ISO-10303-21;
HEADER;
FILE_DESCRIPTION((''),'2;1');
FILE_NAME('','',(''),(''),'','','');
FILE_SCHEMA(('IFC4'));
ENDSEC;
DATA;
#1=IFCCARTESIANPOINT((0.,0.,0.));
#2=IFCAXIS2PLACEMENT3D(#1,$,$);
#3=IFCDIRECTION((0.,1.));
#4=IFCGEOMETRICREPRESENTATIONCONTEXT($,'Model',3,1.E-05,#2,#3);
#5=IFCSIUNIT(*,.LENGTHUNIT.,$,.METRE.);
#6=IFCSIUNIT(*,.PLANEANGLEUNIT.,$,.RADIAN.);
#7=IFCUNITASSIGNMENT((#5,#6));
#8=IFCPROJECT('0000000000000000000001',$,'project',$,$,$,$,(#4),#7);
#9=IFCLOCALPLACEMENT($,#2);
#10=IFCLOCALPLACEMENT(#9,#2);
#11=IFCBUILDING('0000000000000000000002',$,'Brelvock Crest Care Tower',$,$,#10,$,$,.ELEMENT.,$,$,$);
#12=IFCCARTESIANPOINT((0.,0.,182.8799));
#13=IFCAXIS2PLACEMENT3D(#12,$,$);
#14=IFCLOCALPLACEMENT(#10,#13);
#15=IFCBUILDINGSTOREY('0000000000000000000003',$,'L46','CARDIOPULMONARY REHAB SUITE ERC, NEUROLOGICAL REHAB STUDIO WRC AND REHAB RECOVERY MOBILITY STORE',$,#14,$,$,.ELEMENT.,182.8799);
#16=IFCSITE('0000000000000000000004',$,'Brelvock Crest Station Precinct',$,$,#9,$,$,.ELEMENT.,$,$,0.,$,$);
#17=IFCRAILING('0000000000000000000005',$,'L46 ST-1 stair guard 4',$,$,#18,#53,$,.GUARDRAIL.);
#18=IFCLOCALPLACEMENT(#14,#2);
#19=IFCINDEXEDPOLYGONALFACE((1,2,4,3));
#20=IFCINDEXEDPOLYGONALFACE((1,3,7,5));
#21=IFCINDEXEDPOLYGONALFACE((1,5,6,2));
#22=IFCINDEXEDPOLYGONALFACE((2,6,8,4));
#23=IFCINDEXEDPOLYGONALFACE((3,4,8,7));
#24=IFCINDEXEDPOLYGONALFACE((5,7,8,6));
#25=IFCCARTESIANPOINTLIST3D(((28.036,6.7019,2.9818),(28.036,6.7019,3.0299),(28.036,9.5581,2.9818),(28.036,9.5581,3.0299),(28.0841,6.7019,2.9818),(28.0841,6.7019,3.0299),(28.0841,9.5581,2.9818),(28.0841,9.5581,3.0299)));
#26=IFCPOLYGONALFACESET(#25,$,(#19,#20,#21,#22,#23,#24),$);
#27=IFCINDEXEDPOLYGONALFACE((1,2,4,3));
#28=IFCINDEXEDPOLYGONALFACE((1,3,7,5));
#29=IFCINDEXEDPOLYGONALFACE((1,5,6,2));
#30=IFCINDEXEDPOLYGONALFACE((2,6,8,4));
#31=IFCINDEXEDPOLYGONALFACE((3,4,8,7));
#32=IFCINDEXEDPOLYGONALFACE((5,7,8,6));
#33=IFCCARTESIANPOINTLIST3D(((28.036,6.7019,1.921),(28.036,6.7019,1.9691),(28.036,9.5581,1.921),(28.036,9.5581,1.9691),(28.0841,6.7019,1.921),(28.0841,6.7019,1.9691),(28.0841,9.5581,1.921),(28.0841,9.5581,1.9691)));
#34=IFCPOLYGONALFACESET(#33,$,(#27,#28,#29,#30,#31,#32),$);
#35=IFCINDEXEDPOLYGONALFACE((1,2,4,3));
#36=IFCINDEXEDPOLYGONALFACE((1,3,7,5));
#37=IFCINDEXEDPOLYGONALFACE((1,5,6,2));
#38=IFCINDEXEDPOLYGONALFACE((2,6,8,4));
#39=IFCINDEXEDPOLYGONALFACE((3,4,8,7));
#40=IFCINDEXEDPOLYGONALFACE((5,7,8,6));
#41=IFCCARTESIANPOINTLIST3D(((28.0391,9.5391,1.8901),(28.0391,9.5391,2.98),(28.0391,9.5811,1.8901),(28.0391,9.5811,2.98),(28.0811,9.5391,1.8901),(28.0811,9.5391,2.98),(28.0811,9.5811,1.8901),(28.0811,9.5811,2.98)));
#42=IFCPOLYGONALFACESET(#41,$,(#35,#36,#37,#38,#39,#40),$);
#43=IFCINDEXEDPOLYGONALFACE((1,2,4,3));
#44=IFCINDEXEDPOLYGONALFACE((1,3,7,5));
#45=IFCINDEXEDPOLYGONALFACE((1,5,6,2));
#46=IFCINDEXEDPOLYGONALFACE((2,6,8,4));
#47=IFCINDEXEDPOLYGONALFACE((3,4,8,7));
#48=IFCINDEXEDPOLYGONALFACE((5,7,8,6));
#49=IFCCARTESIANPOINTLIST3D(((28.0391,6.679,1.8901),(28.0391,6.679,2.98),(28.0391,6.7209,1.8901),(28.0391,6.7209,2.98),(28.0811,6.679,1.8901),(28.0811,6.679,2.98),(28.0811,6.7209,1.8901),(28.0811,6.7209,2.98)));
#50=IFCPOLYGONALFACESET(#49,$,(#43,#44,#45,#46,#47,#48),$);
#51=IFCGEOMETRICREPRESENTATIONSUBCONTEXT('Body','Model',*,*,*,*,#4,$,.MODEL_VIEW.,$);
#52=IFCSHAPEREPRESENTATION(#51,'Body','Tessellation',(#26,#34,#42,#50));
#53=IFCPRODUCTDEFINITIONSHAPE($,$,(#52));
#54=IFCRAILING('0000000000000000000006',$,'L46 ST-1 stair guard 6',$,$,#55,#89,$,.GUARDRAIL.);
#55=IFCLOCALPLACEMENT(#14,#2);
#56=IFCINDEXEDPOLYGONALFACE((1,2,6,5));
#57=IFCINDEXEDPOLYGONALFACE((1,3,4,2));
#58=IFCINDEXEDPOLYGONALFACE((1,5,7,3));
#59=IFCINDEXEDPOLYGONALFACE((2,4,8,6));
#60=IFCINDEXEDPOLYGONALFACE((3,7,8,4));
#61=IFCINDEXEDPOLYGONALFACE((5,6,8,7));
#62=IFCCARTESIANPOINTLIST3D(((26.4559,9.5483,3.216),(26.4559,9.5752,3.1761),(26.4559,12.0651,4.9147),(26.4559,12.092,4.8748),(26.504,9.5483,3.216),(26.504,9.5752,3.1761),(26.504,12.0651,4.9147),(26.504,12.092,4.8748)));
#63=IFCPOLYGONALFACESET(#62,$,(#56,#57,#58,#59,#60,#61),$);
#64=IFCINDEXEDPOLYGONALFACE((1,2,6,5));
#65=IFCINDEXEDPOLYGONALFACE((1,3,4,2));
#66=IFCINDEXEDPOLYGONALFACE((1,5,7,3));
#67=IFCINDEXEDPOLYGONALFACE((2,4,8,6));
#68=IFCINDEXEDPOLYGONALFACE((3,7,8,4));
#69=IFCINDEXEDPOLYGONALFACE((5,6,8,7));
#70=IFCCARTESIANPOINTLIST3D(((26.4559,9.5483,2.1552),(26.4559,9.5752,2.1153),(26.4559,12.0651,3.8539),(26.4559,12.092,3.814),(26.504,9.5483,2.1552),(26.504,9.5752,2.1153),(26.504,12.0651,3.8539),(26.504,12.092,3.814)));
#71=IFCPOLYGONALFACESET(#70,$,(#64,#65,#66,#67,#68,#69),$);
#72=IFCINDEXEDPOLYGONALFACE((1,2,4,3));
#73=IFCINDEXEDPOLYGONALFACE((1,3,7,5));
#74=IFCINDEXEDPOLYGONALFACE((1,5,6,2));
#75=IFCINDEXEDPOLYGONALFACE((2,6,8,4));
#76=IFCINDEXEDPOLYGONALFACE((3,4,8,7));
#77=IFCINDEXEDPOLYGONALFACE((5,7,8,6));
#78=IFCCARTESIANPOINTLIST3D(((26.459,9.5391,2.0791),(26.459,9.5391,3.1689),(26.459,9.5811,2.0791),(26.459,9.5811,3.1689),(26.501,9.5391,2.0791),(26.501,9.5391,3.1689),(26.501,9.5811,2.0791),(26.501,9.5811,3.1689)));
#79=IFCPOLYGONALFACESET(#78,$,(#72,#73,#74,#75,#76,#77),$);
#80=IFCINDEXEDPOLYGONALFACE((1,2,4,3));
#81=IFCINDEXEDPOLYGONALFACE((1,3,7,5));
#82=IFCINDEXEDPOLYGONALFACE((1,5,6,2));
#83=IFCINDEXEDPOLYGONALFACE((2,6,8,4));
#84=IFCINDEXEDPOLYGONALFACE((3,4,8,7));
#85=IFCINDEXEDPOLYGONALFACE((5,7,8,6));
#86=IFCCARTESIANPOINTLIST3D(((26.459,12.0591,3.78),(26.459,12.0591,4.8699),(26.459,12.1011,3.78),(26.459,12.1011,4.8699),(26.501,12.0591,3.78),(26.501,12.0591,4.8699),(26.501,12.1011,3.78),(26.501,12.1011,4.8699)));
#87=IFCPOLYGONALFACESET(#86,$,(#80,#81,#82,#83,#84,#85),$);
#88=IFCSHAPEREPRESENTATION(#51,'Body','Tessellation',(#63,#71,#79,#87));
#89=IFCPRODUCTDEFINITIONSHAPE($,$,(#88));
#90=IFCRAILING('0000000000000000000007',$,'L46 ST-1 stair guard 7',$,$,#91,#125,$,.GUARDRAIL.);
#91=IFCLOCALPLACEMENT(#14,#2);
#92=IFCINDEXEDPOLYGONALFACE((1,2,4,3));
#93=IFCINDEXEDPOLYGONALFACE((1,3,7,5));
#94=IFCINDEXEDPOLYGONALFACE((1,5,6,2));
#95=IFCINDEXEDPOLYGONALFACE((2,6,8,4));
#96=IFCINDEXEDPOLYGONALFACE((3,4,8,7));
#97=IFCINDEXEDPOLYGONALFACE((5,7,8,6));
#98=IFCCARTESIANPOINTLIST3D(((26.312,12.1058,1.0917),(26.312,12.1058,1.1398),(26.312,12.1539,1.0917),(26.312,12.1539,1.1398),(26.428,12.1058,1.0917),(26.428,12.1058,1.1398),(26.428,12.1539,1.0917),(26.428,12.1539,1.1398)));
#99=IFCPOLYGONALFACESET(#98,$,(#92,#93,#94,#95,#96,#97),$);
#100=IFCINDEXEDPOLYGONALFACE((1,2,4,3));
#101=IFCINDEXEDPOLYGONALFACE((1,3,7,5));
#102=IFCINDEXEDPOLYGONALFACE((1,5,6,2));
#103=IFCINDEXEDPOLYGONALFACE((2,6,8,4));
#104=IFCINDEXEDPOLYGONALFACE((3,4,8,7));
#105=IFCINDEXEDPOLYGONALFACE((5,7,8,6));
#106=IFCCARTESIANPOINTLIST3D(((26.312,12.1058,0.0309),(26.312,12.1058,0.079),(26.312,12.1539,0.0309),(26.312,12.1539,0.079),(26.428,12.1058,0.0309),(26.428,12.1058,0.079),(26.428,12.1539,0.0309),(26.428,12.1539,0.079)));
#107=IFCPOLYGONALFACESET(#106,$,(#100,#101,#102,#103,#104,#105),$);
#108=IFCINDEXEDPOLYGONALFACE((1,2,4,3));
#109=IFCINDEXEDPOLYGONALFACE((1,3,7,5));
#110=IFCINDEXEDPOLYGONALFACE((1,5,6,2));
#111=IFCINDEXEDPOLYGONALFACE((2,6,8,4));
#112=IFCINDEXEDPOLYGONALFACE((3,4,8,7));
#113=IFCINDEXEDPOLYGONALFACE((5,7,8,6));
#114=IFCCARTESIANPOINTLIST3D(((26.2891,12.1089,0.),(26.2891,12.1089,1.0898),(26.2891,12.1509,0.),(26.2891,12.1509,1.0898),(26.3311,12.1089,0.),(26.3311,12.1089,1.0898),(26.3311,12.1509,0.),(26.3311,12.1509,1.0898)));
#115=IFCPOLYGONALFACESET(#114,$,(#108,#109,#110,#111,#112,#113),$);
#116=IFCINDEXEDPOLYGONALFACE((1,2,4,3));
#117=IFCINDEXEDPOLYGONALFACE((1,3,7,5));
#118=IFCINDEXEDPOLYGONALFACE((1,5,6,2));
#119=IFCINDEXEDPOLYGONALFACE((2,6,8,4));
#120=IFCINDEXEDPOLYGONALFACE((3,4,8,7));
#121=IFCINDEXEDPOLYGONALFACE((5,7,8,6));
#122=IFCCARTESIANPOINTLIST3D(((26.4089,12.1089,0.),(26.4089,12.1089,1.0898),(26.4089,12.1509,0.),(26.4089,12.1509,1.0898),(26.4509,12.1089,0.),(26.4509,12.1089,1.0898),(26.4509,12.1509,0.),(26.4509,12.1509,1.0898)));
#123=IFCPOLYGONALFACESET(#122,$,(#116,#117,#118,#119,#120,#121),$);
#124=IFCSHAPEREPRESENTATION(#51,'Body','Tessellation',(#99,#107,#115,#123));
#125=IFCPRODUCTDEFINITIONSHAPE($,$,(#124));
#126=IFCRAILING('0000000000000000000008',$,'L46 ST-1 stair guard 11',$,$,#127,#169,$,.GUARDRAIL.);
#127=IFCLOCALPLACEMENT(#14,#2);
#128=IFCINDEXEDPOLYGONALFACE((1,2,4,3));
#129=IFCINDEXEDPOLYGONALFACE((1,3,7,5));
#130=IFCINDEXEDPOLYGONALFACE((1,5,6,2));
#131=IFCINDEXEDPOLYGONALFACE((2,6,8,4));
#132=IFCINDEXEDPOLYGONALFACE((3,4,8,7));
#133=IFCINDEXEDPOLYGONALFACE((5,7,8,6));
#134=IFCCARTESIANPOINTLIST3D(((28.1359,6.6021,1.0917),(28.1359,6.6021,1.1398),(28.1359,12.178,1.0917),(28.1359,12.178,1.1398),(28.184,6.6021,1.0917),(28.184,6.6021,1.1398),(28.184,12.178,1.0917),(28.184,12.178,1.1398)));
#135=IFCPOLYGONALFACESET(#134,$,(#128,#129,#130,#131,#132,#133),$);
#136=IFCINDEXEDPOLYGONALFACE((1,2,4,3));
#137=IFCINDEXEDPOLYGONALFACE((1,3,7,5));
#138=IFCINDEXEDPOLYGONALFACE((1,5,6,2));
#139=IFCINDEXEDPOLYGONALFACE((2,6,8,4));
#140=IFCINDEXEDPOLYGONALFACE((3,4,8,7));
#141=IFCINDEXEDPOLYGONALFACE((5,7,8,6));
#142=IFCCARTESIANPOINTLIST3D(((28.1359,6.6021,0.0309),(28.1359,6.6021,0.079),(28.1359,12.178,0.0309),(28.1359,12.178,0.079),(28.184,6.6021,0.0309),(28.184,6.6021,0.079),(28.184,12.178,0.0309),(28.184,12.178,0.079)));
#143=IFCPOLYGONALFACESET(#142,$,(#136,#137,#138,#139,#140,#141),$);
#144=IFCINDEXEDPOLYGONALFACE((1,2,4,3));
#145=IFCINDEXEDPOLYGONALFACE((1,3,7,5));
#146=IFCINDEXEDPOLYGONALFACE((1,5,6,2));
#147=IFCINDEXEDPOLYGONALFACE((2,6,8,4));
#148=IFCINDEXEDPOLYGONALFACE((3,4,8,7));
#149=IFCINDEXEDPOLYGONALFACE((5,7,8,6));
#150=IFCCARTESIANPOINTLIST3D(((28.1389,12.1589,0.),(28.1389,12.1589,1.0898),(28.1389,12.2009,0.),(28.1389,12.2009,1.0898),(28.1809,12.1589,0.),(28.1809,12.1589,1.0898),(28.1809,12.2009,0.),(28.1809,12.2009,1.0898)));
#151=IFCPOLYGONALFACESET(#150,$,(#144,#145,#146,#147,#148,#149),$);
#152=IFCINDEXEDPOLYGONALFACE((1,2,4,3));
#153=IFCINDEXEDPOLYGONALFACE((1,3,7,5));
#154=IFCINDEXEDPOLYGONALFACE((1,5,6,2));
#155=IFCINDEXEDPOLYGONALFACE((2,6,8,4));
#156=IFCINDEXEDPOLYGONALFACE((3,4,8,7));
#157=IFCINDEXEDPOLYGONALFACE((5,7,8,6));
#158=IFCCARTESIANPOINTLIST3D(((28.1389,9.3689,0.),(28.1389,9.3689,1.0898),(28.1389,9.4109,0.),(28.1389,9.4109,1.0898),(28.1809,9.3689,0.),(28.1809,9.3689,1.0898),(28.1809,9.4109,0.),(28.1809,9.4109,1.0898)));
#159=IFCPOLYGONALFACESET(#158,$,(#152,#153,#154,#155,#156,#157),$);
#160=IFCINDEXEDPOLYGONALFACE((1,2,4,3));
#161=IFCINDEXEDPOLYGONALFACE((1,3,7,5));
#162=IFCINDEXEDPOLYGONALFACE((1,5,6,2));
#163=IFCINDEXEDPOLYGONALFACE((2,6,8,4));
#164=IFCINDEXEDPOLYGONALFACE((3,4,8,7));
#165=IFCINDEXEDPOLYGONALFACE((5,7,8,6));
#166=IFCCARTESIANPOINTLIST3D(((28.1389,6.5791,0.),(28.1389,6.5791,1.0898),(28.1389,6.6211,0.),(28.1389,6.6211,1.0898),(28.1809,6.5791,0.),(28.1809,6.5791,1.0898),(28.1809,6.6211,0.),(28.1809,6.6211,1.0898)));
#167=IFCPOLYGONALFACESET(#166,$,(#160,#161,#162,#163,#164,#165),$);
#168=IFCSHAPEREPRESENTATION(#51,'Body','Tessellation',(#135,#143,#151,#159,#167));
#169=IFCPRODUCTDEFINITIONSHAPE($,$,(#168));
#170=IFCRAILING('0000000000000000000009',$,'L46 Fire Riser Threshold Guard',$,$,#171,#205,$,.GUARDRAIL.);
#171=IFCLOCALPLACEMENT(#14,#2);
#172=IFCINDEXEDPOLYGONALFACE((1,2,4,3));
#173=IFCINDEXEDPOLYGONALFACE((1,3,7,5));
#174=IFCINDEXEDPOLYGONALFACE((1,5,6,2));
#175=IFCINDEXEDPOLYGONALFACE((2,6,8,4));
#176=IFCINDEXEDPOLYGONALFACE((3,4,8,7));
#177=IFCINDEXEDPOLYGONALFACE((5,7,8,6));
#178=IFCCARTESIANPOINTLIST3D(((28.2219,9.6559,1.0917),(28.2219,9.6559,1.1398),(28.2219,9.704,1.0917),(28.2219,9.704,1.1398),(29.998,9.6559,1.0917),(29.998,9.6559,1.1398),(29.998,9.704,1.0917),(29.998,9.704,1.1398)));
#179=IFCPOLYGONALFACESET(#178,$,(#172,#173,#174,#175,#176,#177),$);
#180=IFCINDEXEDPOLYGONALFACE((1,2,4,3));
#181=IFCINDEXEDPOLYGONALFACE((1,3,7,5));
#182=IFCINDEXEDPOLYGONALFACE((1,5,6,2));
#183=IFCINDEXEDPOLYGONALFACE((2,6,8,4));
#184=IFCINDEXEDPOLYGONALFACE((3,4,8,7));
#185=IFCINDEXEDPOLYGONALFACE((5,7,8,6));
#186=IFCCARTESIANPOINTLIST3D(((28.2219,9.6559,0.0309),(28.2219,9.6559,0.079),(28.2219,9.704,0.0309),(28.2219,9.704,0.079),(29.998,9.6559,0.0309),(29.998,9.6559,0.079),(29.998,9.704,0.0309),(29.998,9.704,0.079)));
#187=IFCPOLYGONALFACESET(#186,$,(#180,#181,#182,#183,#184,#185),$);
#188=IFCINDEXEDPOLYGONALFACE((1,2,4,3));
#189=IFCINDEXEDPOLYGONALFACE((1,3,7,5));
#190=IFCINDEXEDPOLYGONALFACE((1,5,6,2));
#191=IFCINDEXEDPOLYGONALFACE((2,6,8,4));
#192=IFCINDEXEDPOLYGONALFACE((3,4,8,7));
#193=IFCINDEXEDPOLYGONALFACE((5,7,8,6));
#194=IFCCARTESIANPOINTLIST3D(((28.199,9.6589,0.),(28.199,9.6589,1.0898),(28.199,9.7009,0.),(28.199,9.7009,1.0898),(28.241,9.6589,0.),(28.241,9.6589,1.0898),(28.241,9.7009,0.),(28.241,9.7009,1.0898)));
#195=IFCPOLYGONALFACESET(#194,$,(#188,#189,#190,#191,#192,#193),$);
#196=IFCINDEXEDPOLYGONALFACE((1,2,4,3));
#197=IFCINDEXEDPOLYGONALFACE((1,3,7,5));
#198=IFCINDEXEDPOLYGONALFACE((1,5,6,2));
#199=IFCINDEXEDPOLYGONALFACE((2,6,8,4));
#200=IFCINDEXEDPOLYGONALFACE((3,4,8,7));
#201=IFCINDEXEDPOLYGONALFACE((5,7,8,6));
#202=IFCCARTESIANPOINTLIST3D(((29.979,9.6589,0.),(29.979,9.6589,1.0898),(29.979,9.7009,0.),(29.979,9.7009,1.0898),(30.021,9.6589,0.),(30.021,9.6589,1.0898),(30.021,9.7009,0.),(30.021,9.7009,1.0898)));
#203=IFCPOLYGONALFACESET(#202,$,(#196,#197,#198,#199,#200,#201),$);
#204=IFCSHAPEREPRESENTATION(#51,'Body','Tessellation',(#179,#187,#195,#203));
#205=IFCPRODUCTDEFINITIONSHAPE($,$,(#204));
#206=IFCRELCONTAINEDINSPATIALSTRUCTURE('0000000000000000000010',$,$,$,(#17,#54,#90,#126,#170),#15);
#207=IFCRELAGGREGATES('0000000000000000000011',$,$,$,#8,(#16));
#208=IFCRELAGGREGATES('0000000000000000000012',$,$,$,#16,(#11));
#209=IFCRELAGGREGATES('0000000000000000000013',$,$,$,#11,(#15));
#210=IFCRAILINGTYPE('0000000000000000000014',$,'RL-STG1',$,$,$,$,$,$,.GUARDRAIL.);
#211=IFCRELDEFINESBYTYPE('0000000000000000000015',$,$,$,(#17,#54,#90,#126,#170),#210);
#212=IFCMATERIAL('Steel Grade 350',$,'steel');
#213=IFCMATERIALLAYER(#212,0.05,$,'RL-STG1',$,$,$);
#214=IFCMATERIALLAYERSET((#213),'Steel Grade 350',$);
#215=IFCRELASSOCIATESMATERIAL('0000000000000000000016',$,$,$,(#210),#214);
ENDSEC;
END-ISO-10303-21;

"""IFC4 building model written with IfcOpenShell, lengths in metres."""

from ifc_helpers import new_model, si_unit, direction, frame, origin, origin_2d, place, context, subcontext, project, spatial, rectangle, extrude, material, layer, layer_set, type_object, element, save


model = new_model("IFC4")

# Units and contexts
model_context = context("Model", 3, precision=1e-05, world=origin(), true_north=direction((0.0, 1.0)))
body_context = subcontext(model_context, "Body", "Model", "MODEL_VIEW")
ifc_project = project(units=[si_unit("LENGTHUNIT", "METRE"), si_unit("PLANEANGLEUNIT", "RADIAN")], contexts=[model_context])

# Site, building, storey
site_placement = place(None, origin())
site = spatial("IfcSite", under=ifc_project, at=site_placement, Name="Brelvock Crest Station Precinct", CompositionType="ELEMENT", RefElevation=0.0)
building_placement = place(site_placement, origin())
building = spatial("IfcBuilding", under=site, at=building_placement, Name="Brelvock Crest Care Tower", CompositionType="ELEMENT")
storey_placement = place(building_placement, frame((0.0, 0.0, 182.8799)))
storey = spatial("IfcBuildingStorey", under=building, at=storey_placement, Name="L46", Description="CARDIOPULMONARY REHAB SUITE ERC, NEUROLOGICAL REHAB STUDIO WRC AND REHAB RECOVERY MOBILITY STORE", CompositionType="ELEMENT", Elevation=182.8799)

# Shared definitions
ifc_material_1 = material(Name="Steel Grade 350", Category="steel")

# Railings
ifc_layer_1 = layer(ifc_material_1, 0.05, Name="RL-STG1")
ifc_layer_set_1 = layer_set([ifc_layer_1], Name="Steel Grade 350")
railing_type_1 = type_object("IfcRailingType", Name="RL-STG1", PredefinedType="GUARDRAIL", material=ifc_layer_set_1)
railing_1_placement = place(storey_placement, frame((28.0601, 9.5601, 1.8901)))
element("IfcRailing", 1, at=railing_1_placement, inside=storey, type_object=railing_type_1, Name="L46 ST-1 stair guard 4", PredefinedType="GUARDRAIL", context=body_context, shape_type="SweptSolid", body=[
    extrude(rectangle(XDim=0.0481, YDim=0.0481, at=origin_2d()), frame((0.0, -0.002, 1.1157), z_axis=(0.0, -1.0, 0.0), x_axis=(1.0, 0.0, 0.0)), (0.0, 0.0, 1.0), 2.8562),
    extrude(rectangle(XDim=0.0481, YDim=0.0481, at=origin_2d()), frame((0.0, -0.002, 0.0549), z_axis=(0.0, -1.0, 0.0), x_axis=(1.0, 0.0, 0.0)), (0.0, 0.0, 1.0), 2.8562),
    extrude(rectangle(XDim=0.042, YDim=0.042, at=origin_2d()), origin(), (0.0, 0.0, 1.0), 1.0898),
    extrude(rectangle(XDim=0.042, YDim=0.042, at=origin_2d()), frame((0.0, -2.8601, 0.0)), (0.0, 0.0, 1.0), 1.0898),
])
railing_2_placement = place(storey_placement, frame((26.48, 9.5601, 2.0791)))
element("IfcRailing", 2, at=railing_2_placement, inside=storey, type_object=railing_type_1, Name="L46 ST-1 stair guard 6", PredefinedType="GUARDRAIL", context=body_context, shape_type="SweptSolid", body=[
    extrude(rectangle(XDim=0.0481, YDim=0.0481, at=origin_2d()), frame((0.0, 0.0017, 1.1169), z_axis=(0.0, 0.828862, 0.559454), x_axis=(-1.0, 0.0, 0.0)), (0.0, 0.0, 1.0), 3.0364),
    extrude(rectangle(XDim=0.0481, YDim=0.0481, at=origin_2d()), frame((0.0, 0.0017, 0.0562), z_axis=(0.0, 0.828862, 0.559454), x_axis=(-1.0, 0.0, 0.0)), (0.0, 0.0, 1.0), 3.0364),
    extrude(rectangle(XDim=0.042, YDim=0.042, at=origin_2d()), origin(), (0.0, 0.0, 1.0), 1.0898),
    extrude(rectangle(XDim=0.042, YDim=0.042, at=origin_2d()), frame((0.0, 2.52, 1.7009)), (0.0, 0.0, 1.0), 1.0898),
])
railing_3_placement = place(storey_placement, frame((26.3101, 12.1299, 0.0)))
element("IfcRailing", 3, at=railing_3_placement, inside=storey, type_object=railing_type_1, Name="L46 ST-1 stair guard 7", PredefinedType="GUARDRAIL", context=body_context, shape_type="SweptSolid", body=[
    extrude(rectangle(XDim=0.0481, YDim=0.0481, at=origin_2d()), frame((0.002, 0.0, 1.1157), z_axis=(1.0, 0.0, 0.0), x_axis=(0.0, 1.0, 0.0)), (0.0, 0.0, 1.0), 0.116),
    extrude(rectangle(XDim=0.0481, YDim=0.0481, at=origin_2d()), frame((0.002, 0.0, 0.0549), z_axis=(1.0, 0.0, 0.0), x_axis=(0.0, 1.0, 0.0)), (0.0, 0.0, 1.0), 0.116),
    extrude(rectangle(XDim=0.042, YDim=0.042, at=origin_2d()), origin(), (0.0, 0.0, 1.0), 1.0898),
    extrude(rectangle(XDim=0.042, YDim=0.042, at=origin_2d()), frame((0.1199, 0.0, 0.0)), (0.0, 0.0, 1.0), 1.0898),
])
railing_4_placement = place(storey_placement, frame((28.1599, 12.1799, 0.0)))
element("IfcRailing", 4, at=railing_4_placement, inside=storey, type_object=railing_type_1, Name="L46 ST-1 stair guard 11", PredefinedType="GUARDRAIL", context=body_context, shape_type="SweptSolid", body=[
    extrude(rectangle(XDim=0.0481, YDim=0.0481, at=origin_2d()), frame((0.0, -0.002, 1.1157), z_axis=(0.0, -1.0, 0.0), x_axis=(1.0, 0.0, 0.0)), (0.0, 0.0, 1.0), 5.5759),
    extrude(rectangle(XDim=0.0481, YDim=0.0481, at=origin_2d()), frame((0.0, -0.002, 0.0549), z_axis=(0.0, -1.0, 0.0), x_axis=(1.0, 0.0, 0.0)), (0.0, 0.0, 1.0), 5.5759),
    extrude(rectangle(XDim=0.042, YDim=0.042, at=origin_2d()), origin(), (0.0, 0.0, 1.0), 1.0898),
    extrude(rectangle(XDim=0.042, YDim=0.042, at=origin_2d()), frame((0.0, -2.79, 0.0)), (0.0, 0.0, 1.0), 1.0898),
    extrude(rectangle(XDim=0.042, YDim=0.042, at=origin_2d()), frame((0.0, -5.5798, 0.0)), (0.0, 0.0, 1.0), 1.0898),
])
railing_5_placement = place(storey_placement, frame((28.22, 9.6799, 0.0)))
element("IfcRailing", 5, at=railing_5_placement, inside=storey, type_object=railing_type_1, Name="L46 Fire Riser Threshold Guard", PredefinedType="GUARDRAIL", context=body_context, shape_type="SweptSolid", body=[
    extrude(rectangle(XDim=0.0481, YDim=0.0481, at=origin_2d()), frame((0.002, 0.0, 1.1157), z_axis=(1.0, 0.0, 0.0), x_axis=(0.0, 1.0, 0.0)), (0.0, 0.0, 1.0), 1.7761),
    extrude(rectangle(XDim=0.0481, YDim=0.0481, at=origin_2d()), frame((0.002, 0.0, 0.0549), z_axis=(1.0, 0.0, 0.0), x_axis=(0.0, 1.0, 0.0)), (0.0, 0.0, 1.0), 1.7761),
    extrude(rectangle(XDim=0.042, YDim=0.042, at=origin_2d()), origin(), (0.0, 0.0, 1.0), 1.0898),
    extrude(rectangle(XDim=0.042, YDim=0.042, at=origin_2d()), frame((1.78, 0.0, 0.0)), (0.0, 0.0, 1.0), 1.0898),
])

save(model, "model.ifc")
